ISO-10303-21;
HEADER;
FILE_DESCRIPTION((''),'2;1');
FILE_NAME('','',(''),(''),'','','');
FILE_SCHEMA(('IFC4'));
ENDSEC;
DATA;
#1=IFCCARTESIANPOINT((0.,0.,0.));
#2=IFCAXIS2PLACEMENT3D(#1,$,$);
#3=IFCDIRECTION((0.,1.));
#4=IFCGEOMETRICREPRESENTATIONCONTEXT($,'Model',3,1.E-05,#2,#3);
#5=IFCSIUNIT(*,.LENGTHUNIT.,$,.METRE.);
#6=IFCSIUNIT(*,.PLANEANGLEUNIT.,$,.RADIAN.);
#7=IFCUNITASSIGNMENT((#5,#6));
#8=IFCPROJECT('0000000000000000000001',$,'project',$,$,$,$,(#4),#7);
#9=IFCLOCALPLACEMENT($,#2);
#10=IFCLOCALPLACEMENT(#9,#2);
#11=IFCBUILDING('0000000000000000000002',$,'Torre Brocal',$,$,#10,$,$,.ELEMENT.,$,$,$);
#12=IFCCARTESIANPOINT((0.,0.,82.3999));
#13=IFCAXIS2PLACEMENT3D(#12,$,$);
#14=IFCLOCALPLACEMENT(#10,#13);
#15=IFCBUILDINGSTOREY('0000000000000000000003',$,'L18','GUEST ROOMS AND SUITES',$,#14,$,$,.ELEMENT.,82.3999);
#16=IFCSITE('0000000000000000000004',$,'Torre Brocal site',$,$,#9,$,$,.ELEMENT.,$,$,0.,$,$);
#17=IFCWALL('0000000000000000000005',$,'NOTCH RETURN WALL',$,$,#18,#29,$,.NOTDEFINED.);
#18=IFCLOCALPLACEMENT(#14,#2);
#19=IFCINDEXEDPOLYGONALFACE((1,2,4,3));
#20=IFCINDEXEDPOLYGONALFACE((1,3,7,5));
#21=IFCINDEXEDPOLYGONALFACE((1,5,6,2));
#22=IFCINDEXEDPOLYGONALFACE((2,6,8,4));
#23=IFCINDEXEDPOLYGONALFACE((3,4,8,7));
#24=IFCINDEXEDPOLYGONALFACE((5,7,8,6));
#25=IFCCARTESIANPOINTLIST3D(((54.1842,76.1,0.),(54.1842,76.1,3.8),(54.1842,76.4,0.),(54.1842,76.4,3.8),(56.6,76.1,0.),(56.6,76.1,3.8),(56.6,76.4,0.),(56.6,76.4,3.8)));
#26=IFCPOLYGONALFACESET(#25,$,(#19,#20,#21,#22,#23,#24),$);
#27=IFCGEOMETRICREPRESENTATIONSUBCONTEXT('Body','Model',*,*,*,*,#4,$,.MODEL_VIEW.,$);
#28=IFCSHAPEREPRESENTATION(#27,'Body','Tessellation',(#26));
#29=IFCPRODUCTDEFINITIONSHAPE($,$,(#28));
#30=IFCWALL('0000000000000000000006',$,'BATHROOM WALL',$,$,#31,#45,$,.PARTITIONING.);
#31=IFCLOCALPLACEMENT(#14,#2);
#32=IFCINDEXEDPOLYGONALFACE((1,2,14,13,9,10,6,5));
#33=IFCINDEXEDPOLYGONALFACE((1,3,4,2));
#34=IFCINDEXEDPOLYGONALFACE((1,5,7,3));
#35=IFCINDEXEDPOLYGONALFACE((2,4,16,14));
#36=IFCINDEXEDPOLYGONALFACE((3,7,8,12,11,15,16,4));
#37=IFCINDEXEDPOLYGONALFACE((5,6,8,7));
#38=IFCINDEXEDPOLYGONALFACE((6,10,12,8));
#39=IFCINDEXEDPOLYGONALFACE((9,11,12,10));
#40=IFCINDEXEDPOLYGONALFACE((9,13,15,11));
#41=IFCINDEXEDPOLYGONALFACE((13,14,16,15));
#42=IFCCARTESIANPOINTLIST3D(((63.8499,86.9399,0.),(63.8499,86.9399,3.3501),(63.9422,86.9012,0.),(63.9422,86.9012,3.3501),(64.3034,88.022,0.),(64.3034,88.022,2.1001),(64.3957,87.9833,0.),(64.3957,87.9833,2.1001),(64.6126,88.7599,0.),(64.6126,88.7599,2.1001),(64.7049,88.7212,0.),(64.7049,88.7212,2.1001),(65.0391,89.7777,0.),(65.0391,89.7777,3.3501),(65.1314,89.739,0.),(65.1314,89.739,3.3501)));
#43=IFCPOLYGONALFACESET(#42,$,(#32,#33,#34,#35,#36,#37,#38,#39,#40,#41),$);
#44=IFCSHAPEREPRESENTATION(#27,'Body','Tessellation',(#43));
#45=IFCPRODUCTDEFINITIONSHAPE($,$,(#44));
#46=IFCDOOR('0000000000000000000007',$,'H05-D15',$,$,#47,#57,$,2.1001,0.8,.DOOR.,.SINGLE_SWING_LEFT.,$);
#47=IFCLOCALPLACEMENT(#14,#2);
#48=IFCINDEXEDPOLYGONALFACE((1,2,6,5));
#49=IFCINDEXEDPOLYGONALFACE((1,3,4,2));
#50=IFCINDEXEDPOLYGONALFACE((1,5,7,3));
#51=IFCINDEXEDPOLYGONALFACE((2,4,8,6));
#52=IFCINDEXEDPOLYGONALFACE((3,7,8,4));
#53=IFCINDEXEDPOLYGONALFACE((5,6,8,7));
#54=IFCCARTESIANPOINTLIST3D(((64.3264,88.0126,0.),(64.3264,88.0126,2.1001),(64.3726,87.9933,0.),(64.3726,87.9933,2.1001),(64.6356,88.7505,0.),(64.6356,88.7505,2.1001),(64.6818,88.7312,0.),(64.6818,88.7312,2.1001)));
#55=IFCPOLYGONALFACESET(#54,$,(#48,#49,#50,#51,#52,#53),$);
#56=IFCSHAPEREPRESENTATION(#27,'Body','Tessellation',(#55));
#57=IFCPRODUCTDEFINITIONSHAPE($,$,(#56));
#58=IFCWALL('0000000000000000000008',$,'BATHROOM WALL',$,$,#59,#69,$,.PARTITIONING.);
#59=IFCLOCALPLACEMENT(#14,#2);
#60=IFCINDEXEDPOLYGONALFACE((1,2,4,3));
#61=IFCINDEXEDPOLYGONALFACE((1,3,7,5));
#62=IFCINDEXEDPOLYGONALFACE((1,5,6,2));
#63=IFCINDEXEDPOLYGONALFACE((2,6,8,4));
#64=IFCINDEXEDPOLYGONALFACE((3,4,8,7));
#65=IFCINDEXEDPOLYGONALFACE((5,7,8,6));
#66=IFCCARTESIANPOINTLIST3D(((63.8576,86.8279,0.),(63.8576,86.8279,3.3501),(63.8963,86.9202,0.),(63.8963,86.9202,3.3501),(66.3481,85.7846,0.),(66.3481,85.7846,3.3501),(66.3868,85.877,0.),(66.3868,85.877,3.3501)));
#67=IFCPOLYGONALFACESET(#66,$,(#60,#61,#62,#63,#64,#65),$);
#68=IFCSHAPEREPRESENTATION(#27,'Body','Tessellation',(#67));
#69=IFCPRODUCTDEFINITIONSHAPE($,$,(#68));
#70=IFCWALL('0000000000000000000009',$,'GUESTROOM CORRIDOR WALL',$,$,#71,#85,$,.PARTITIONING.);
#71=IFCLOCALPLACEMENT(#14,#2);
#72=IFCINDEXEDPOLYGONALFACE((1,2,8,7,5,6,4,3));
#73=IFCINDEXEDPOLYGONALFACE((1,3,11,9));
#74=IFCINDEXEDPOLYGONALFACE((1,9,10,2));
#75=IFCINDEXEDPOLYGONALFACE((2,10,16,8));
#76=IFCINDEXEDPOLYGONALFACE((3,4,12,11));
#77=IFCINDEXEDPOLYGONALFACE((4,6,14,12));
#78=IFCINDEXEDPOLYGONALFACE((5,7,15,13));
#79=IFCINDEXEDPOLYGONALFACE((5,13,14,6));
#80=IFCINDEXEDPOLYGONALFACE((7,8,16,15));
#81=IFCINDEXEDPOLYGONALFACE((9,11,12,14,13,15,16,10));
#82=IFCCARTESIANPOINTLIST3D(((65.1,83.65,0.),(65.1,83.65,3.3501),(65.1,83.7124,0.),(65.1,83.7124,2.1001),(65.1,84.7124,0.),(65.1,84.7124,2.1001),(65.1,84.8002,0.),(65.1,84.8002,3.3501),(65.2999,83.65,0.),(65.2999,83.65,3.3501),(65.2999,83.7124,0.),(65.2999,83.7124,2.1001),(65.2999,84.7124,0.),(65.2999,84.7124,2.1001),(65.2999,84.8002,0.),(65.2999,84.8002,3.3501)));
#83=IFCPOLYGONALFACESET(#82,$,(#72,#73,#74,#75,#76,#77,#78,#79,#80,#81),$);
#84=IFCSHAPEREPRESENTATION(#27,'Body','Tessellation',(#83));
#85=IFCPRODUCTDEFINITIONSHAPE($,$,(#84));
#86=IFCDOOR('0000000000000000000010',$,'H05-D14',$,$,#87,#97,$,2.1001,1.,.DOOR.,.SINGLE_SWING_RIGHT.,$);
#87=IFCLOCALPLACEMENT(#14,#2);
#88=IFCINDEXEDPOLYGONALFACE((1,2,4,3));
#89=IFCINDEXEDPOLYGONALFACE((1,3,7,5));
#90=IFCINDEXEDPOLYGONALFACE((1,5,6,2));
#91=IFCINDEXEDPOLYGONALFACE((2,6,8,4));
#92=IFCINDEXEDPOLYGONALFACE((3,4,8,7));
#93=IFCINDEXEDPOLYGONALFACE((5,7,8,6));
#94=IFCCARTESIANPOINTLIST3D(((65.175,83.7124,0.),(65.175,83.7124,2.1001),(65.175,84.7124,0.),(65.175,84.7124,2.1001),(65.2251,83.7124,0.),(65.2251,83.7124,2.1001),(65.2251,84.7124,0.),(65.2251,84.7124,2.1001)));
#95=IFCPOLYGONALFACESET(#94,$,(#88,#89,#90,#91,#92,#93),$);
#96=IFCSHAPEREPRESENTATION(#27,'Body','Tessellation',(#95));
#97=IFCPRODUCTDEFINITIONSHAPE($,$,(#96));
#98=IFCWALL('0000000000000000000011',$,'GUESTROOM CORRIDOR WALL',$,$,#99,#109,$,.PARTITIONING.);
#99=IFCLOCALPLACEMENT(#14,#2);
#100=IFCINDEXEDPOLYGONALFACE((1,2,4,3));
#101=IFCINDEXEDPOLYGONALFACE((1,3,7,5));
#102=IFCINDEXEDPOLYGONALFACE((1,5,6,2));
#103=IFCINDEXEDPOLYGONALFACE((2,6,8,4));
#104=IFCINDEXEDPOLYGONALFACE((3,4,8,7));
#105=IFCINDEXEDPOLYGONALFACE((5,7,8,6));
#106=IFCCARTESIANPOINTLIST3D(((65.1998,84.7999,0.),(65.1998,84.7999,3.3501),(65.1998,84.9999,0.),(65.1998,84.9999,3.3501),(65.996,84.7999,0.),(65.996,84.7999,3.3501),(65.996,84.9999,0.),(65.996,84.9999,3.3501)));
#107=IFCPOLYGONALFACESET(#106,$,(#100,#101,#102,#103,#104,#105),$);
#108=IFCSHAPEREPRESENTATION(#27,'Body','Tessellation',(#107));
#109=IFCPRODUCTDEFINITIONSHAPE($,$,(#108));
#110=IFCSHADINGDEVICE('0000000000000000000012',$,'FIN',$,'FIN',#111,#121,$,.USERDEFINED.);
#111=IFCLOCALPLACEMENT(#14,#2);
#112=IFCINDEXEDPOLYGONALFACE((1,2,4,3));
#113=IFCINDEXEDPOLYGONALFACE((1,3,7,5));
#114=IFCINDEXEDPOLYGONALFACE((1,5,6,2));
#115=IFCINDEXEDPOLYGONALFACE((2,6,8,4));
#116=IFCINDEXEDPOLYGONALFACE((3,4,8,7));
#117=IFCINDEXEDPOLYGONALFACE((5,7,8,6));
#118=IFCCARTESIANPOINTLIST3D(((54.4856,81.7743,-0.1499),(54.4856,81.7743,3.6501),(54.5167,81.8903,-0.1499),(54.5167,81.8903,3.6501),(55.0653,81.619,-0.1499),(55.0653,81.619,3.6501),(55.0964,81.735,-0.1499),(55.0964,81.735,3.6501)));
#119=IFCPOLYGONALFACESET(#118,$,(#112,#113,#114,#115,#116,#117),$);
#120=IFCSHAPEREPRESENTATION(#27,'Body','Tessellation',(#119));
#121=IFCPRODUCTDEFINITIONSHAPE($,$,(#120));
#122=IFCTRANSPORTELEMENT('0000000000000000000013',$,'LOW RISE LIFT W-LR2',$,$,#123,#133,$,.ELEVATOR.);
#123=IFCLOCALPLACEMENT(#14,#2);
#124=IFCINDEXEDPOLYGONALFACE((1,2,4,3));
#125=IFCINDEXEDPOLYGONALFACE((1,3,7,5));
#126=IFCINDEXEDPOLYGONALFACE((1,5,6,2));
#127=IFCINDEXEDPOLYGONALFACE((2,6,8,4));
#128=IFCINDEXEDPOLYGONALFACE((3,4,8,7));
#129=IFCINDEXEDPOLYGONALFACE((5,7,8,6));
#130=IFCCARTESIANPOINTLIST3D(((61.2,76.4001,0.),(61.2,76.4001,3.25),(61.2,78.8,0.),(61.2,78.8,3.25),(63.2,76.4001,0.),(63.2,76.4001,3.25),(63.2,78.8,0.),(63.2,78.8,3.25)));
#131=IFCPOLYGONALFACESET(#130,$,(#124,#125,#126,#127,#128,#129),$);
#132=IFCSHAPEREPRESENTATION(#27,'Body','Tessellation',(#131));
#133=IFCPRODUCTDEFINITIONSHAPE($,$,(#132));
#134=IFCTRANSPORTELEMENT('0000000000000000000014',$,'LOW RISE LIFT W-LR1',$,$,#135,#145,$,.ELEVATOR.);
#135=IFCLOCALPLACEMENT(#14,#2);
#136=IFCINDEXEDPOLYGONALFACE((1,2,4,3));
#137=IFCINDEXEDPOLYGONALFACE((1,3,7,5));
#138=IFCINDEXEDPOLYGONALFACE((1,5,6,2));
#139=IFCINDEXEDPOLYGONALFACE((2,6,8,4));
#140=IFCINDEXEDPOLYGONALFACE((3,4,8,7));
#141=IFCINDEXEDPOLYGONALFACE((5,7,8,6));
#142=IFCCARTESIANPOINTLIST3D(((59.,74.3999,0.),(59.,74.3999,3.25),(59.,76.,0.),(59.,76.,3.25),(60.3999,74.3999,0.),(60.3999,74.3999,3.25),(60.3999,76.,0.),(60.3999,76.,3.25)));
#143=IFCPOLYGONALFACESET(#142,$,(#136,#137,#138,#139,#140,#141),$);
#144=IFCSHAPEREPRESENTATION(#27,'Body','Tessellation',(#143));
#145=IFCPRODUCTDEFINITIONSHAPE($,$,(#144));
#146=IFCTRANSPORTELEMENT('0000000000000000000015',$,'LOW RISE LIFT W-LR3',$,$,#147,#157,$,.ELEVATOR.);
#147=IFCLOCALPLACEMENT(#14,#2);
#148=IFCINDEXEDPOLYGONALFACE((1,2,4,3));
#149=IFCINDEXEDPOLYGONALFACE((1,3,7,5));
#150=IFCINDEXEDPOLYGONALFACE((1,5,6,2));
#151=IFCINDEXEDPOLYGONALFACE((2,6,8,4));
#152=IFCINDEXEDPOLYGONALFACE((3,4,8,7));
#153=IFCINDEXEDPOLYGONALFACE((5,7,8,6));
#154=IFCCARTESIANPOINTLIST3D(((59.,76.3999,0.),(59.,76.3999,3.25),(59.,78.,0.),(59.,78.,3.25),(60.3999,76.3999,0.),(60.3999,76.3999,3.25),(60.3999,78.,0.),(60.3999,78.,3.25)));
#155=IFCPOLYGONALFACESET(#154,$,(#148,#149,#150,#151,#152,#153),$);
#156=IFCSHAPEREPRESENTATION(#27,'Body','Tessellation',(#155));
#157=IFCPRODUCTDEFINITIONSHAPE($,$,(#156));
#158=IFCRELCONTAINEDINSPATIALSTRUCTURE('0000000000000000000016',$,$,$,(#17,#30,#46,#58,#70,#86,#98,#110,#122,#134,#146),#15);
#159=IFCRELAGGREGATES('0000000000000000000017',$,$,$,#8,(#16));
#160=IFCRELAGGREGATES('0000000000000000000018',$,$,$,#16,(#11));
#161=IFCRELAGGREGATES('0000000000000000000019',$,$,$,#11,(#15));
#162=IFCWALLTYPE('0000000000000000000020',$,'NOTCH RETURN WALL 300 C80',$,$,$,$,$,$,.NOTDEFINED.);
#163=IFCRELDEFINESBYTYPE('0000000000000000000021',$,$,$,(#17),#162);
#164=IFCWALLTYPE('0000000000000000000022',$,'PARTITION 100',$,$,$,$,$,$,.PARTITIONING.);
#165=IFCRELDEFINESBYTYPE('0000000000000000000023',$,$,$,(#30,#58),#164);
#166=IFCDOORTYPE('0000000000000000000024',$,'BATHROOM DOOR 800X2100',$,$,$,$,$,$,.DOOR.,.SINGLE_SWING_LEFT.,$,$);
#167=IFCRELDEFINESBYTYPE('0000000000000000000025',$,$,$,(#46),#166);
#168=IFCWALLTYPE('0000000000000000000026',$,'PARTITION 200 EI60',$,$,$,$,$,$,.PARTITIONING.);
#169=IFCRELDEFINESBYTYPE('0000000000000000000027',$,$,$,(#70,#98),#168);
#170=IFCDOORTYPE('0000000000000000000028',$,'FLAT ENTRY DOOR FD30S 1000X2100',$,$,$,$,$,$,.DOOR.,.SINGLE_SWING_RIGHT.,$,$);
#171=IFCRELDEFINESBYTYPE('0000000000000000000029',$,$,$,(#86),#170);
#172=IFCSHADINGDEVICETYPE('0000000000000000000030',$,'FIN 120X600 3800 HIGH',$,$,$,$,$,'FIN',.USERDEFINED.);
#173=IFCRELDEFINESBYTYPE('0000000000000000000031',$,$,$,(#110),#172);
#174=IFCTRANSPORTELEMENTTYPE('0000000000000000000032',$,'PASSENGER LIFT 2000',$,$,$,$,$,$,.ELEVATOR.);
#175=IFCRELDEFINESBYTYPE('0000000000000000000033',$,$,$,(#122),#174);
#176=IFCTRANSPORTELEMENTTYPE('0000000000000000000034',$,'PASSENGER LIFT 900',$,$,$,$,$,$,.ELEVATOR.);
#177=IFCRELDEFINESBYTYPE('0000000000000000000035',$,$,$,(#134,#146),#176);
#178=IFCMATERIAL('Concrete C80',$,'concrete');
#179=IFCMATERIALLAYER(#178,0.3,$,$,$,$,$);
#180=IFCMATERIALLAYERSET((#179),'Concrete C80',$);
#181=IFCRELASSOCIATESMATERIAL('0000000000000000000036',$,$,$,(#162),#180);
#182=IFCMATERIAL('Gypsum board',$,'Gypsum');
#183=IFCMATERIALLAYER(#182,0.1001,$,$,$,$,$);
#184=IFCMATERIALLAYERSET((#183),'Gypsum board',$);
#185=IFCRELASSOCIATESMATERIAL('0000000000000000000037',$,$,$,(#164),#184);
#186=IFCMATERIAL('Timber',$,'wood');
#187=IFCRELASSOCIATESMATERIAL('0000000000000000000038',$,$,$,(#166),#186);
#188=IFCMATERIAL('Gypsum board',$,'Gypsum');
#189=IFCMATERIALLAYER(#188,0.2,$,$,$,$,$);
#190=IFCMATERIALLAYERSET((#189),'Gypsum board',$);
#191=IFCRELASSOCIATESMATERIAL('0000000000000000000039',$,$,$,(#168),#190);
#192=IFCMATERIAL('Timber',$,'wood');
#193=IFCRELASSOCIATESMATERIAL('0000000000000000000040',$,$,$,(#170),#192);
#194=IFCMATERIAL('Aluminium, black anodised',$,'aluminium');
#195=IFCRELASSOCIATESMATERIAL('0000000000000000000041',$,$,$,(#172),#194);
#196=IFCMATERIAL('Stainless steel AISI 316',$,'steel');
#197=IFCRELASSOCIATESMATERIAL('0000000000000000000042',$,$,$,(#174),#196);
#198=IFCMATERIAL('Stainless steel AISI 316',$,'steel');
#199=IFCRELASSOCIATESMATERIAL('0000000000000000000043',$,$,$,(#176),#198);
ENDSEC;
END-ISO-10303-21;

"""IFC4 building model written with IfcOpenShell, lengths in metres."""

from ifc_helpers import new_model, si_unit, direction, frame, frame_2d, origin, origin_2d, place, context, subcontext, project, spatial, rectangle, extrude, material, layer, layer_set, material_profile, profile_set, type_object, element, fill, save


model = new_model("IFC4")

# Units and contexts
model_context = context("Model", 3, precision=1e-05, world=origin(), true_north=direction((0.0, 1.0)))
body_context = subcontext(model_context, "Body", "Model", "MODEL_VIEW")
ifc_project = project(units=[si_unit("LENGTHUNIT", "METRE"), si_unit("PLANEANGLEUNIT", "RADIAN")], contexts=[model_context])

# Site, building, storey
site_placement = place(None, origin())
site = spatial("IfcSite", under=ifc_project, at=site_placement, Name="Torre Brocal site", CompositionType="ELEMENT", RefElevation=0.0)
building_placement = place(site_placement, origin())
building = spatial("IfcBuilding", under=site, at=building_placement, Name="Torre Brocal", CompositionType="ELEMENT")
storey_placement = place(building_placement, frame((0.0, 0.0, 82.3999)))
storey = spatial("IfcBuildingStorey", under=building, at=storey_placement, Name="L18", Description="GUEST ROOMS AND SUITES", CompositionType="ELEMENT", Elevation=82.3999)

# Wall
ifc_material_1 = material(Name="Concrete C80", Category="concrete")
ifc_layer_1 = layer(ifc_material_1, 0.3)
ifc_layer_set_1 = layer_set([ifc_layer_1], Name="Concrete C80")
wall_type_1 = type_object("IfcWallType", Name="NOTCH RETURN WALL 300 C80", PredefinedType="NOTDEFINED", material=ifc_layer_set_1)
wall_1_placement = place(storey_placement, frame((56.6001, 76.25, 0.0), z_axis=(0.0, 0.0, 1.0), x_axis=(-1.0, 0.0, 0.0)))
element("IfcWall", 1, at=wall_1_placement, inside=storey, type_object=wall_type_1, Name="NOTCH RETURN WALL", PredefinedType="NOTDEFINED", context=body_context, shape_type="SweptSolid", body=[
    extrude(rectangle(XDim=2.4158, YDim=0.3, at=frame_2d((1.208, 0.0))), origin(), (0.0, 0.0, 1.0), 3.8),
])

# Wall, opening, door
ifc_material_2 = material(Name="Gypsum board", Category="Gypsum")
ifc_layer_2 = layer(ifc_material_2, 0.1001)
ifc_layer_set_2 = layer_set([ifc_layer_2], Name="Gypsum board")
wall_type_2 = type_object("IfcWallType", Name="PARTITION 100", PredefinedType="PARTITIONING", material=ifc_layer_set_2)
wall_2_placement = place(storey_placement, frame((63.896, 86.9204, 0.0), z_axis=(0.0, 0.0, 1.0), x_axis=(0.386485, 0.922296, 0.0)))
wall_2 = element("IfcWall", 2, at=wall_2_placement, inside=storey, type_object=wall_type_2, Name="BATHROOM WALL", PredefinedType="PARTITIONING", context=body_context, shape_type="SweptSolid", body=[
    extrude(rectangle(XDim=3.0769, YDim=0.1001, at=frame_2d((1.5386, 0.0))), origin(), (0.0, 0.0, 1.0), 3.3501),
])
opening_1_placement = place(wall_2_placement, frame((1.1736, 0.0, 0.0)))
opening_1 = element("IfcOpeningElement", 3, at=opening_1_placement, cuts=wall_2, PredefinedType="OPENING", context=body_context, shape_type="SweptSolid", body=[
    extrude(rectangle(XDim=0.8, YDim=2.1001, at=frame_2d((0.3999, 1.05))), frame((0.0, 0.0601, 0.0), z_axis=(0.0, -1.0, 0.0), x_axis=(1.0, 0.0, 0.0)), (0.0, 0.0, 1.0), 0.1201),
])
ifc_material_3 = material(Name="Timber", Category="wood")
door_type_1 = type_object("IfcDoorType", Name="BATHROOM DOOR 800X2100", OperationType="SINGLE_SWING_LEFT", PredefinedType="DOOR", material=ifc_material_3)
door_1_placement = place(opening_1_placement, frame((0.8, 0.0, 0.0), z_axis=(0.0, 0.0, 1.0), x_axis=(-1.0, 0.0, 0.0)))
door_1 = element("IfcDoor", 4, at=door_1_placement, inside=storey, type_object=door_type_1, Name="H05-D15", OperationType="SINGLE_SWING_LEFT", OverallHeight=2.1001, OverallWidth=0.8, PredefinedType="DOOR", context=body_context, shape_type="SweptSolid", body=[
    extrude(rectangle(XDim=0.8, YDim=2.1001, at=frame_2d((0.3999, 1.05))), frame((0.0, 0.0249, 0.0), z_axis=(0.0, -1.0, 0.0), x_axis=(1.0, 0.0, 0.0)), (0.0, 0.0, 1.0), 0.05),
])
fill(opening_1, door_1)

# Wall
wall_3_placement = place(storey_placement, frame((63.877, 86.874, 0.0), z_axis=(0.0, 0.0, 1.0), x_axis=(0.92235, -0.386355, 0.0)))
element("IfcWall", 5, at=wall_3_placement, inside=storey, type_object=wall_type_2, Name="BATHROOM WALL", PredefinedType="PARTITIONING", context=body_context, shape_type="SweptSolid", body=[
    extrude(rectangle(XDim=2.7002, YDim=0.1001, at=frame_2d((1.3501, 0.0))), origin(), (0.0, 0.0, 1.0), 3.3501),
])

# Wall, opening, door
ifc_material_4 = material(Name="Gypsum board", Category="Gypsum")
ifc_layer_3 = layer(ifc_material_4, 0.2)
ifc_layer_set_3 = layer_set([ifc_layer_3], Name="Gypsum board")
wall_type_3 = type_object("IfcWallType", Name="PARTITION 200 EI60", PredefinedType="PARTITIONING", material=ifc_layer_set_3)
wall_4_placement = place(storey_placement, frame((65.2, 83.6499, 0.0), z_axis=(0.0, 0.0, 1.0), x_axis=(0.0, 1.0, 0.0)))
wall_4 = element("IfcWall", 6, at=wall_4_placement, inside=storey, type_object=wall_type_3, Name="GUESTROOM CORRIDOR WALL", PredefinedType="PARTITIONING", context=body_context, shape_type="SweptSolid", body=[
    extrude(rectangle(XDim=1.1501, YDim=0.2, at=frame_2d((0.5752, 0.0))), origin(), (0.0, 0.0, 1.0), 3.3501),
])
opening_2_placement = place(wall_4_placement, frame((0.0625, 0.0, 0.0)))
opening_2 = element("IfcOpeningElement", 7, at=opening_2_placement, cuts=wall_4, PredefinedType="OPENING", context=body_context, shape_type="SweptSolid", body=[
    extrude(rectangle(XDim=1.0, YDim=2.1001, at=frame_2d((0.5, 1.05))), frame((0.0, 0.1099, 0.0), z_axis=(0.0, -1.0, 0.0), x_axis=(1.0, 0.0, 0.0)), (0.0, 0.0, 1.0), 0.22),
])
ifc_material_5 = material(Name="Timber", Category="wood")
door_type_2 = type_object("IfcDoorType", Name="FLAT ENTRY DOOR FD30S 1000X2100", OperationType="SINGLE_SWING_RIGHT", PredefinedType="DOOR", material=ifc_material_5)
door_2_placement = place(opening_2_placement, origin())
door_2 = element("IfcDoor", 8, at=door_2_placement, inside=storey, type_object=door_type_2, Name="H05-D14", OperationType="SINGLE_SWING_RIGHT", OverallHeight=2.1001, OverallWidth=1.0, PredefinedType="DOOR", context=body_context, shape_type="SweptSolid", body=[
    extrude(rectangle(XDim=1.0, YDim=2.1001, at=frame_2d((0.5, 1.05))), frame((0.0, 0.0249, 0.0), z_axis=(0.0, -1.0, 0.0), x_axis=(1.0, 0.0, 0.0)), (0.0, 0.0, 1.0), 0.05),
])
fill(opening_2, door_2)

# Wall
wall_5_placement = place(storey_placement, frame((65.2, 84.8999, 0.0), z_axis=(0.0, 0.0, 1.0), x_axis=(1.0, 0.0, 0.0)))
element("IfcWall", 9, at=wall_5_placement, inside=storey, type_object=wall_type_3, Name="GUESTROOM CORRIDOR WALL", PredefinedType="PARTITIONING", context=body_context, shape_type="SweptSolid", body=[
    extrude(rectangle(XDim=0.7961, YDim=0.2, at=frame_2d((0.3979, 0.0))), origin(), (0.0, 0.0, 1.0), 3.3501),
])

# Shading device
ifc_material_6 = material(Name="Aluminium, black anodised", Category="aluminium")
ifc_material_profile_1 = material_profile(ifc_material_6, rectangle(XDim=0.1201, YDim=0.6001, at=origin_2d()), Name="FIN 120X600 3800 HIGH")
ifc_profile_set_1 = profile_set([ifc_material_profile_1], Name="Aluminium, black anodised")
shading_device_type = type_object("IfcShadingDeviceType", Name="FIN 120X600 3800 HIGH", ElementType="FIN", PredefinedType="USERDEFINED", material=ifc_profile_set_1)
shading_device_placement = place(storey_placement, frame((54.791, 81.7546, -0.1499), z_axis=(0.0, 0.0, 1.0), x_axis=(-0.258819, -0.965926, 0.0)))
element("IfcShadingDevice", 10, at=shading_device_placement, inside=storey, type_object=shading_device_type, Name="FIN", ObjectType="FIN", PredefinedType="USERDEFINED", context=body_context, shape_type="SweptSolid", body=[
    extrude(rectangle(XDim=0.1201, YDim=0.6001, at=origin_2d()), origin(), (0.0, 0.0, 1.0), 3.8),
])

# Transport elements
ifc_material_7 = material(Name="Stainless steel AISI 316", Category="steel")
transport_element_type_1 = type_object("IfcTransportElementType", Name="PASSENGER LIFT 2000", PredefinedType="ELEVATOR", material=ifc_material_7)
transport_element_placement = place(storey_placement, frame((62.2, 77.6001, 0.0), z_axis=(0.0, 0.0, 1.0), x_axis=(1.0, 0.0, 0.0)))
element("IfcTransportElement", 11, at=transport_element_placement, inside=storey, type_object=transport_element_type_1, Name="LOW RISE LIFT W-LR2", PredefinedType="ELEVATOR", context=body_context, shape_type="SweptSolid", body=[
    extrude(rectangle(XDim=2.0, YDim=2.3999, at=origin_2d()), origin(), (0.0, 0.0, 1.0), 3.25),
])
ifc_material_8 = material(Name="Stainless steel AISI 316", Category="steel")
transport_element_type_2 = type_object("IfcTransportElementType", Name="PASSENGER LIFT 900", PredefinedType="ELEVATOR", material=ifc_material_8)
for number, where, z_axis, x_axis, name in (
    (12, (59.7, 75.2, 0.0), (0.0, 0.0, 1.0), (1.0, 0.0, 0.0), "LOW RISE LIFT W-LR1"),
    (13, (59.7, 77.2, 0.0), (0.0, 0.0, 1.0), (1.0, 0.0, 0.0), "LOW RISE LIFT W-LR3"),
):
    element("IfcTransportElement", number, at=place(storey_placement, frame(where, z_axis=z_axis, x_axis=x_axis)), inside=storey, type_object=transport_element_type_2, Name=name, PredefinedType="ELEVATOR", context=body_context, shape_type="SweptSolid", body=[
        extrude(rectangle(XDim=1.3999, YDim=1.6001, at=origin_2d()), origin(), (0.0, 0.0, 1.0), 3.25),
    ])

save(model, "model.ifc")
